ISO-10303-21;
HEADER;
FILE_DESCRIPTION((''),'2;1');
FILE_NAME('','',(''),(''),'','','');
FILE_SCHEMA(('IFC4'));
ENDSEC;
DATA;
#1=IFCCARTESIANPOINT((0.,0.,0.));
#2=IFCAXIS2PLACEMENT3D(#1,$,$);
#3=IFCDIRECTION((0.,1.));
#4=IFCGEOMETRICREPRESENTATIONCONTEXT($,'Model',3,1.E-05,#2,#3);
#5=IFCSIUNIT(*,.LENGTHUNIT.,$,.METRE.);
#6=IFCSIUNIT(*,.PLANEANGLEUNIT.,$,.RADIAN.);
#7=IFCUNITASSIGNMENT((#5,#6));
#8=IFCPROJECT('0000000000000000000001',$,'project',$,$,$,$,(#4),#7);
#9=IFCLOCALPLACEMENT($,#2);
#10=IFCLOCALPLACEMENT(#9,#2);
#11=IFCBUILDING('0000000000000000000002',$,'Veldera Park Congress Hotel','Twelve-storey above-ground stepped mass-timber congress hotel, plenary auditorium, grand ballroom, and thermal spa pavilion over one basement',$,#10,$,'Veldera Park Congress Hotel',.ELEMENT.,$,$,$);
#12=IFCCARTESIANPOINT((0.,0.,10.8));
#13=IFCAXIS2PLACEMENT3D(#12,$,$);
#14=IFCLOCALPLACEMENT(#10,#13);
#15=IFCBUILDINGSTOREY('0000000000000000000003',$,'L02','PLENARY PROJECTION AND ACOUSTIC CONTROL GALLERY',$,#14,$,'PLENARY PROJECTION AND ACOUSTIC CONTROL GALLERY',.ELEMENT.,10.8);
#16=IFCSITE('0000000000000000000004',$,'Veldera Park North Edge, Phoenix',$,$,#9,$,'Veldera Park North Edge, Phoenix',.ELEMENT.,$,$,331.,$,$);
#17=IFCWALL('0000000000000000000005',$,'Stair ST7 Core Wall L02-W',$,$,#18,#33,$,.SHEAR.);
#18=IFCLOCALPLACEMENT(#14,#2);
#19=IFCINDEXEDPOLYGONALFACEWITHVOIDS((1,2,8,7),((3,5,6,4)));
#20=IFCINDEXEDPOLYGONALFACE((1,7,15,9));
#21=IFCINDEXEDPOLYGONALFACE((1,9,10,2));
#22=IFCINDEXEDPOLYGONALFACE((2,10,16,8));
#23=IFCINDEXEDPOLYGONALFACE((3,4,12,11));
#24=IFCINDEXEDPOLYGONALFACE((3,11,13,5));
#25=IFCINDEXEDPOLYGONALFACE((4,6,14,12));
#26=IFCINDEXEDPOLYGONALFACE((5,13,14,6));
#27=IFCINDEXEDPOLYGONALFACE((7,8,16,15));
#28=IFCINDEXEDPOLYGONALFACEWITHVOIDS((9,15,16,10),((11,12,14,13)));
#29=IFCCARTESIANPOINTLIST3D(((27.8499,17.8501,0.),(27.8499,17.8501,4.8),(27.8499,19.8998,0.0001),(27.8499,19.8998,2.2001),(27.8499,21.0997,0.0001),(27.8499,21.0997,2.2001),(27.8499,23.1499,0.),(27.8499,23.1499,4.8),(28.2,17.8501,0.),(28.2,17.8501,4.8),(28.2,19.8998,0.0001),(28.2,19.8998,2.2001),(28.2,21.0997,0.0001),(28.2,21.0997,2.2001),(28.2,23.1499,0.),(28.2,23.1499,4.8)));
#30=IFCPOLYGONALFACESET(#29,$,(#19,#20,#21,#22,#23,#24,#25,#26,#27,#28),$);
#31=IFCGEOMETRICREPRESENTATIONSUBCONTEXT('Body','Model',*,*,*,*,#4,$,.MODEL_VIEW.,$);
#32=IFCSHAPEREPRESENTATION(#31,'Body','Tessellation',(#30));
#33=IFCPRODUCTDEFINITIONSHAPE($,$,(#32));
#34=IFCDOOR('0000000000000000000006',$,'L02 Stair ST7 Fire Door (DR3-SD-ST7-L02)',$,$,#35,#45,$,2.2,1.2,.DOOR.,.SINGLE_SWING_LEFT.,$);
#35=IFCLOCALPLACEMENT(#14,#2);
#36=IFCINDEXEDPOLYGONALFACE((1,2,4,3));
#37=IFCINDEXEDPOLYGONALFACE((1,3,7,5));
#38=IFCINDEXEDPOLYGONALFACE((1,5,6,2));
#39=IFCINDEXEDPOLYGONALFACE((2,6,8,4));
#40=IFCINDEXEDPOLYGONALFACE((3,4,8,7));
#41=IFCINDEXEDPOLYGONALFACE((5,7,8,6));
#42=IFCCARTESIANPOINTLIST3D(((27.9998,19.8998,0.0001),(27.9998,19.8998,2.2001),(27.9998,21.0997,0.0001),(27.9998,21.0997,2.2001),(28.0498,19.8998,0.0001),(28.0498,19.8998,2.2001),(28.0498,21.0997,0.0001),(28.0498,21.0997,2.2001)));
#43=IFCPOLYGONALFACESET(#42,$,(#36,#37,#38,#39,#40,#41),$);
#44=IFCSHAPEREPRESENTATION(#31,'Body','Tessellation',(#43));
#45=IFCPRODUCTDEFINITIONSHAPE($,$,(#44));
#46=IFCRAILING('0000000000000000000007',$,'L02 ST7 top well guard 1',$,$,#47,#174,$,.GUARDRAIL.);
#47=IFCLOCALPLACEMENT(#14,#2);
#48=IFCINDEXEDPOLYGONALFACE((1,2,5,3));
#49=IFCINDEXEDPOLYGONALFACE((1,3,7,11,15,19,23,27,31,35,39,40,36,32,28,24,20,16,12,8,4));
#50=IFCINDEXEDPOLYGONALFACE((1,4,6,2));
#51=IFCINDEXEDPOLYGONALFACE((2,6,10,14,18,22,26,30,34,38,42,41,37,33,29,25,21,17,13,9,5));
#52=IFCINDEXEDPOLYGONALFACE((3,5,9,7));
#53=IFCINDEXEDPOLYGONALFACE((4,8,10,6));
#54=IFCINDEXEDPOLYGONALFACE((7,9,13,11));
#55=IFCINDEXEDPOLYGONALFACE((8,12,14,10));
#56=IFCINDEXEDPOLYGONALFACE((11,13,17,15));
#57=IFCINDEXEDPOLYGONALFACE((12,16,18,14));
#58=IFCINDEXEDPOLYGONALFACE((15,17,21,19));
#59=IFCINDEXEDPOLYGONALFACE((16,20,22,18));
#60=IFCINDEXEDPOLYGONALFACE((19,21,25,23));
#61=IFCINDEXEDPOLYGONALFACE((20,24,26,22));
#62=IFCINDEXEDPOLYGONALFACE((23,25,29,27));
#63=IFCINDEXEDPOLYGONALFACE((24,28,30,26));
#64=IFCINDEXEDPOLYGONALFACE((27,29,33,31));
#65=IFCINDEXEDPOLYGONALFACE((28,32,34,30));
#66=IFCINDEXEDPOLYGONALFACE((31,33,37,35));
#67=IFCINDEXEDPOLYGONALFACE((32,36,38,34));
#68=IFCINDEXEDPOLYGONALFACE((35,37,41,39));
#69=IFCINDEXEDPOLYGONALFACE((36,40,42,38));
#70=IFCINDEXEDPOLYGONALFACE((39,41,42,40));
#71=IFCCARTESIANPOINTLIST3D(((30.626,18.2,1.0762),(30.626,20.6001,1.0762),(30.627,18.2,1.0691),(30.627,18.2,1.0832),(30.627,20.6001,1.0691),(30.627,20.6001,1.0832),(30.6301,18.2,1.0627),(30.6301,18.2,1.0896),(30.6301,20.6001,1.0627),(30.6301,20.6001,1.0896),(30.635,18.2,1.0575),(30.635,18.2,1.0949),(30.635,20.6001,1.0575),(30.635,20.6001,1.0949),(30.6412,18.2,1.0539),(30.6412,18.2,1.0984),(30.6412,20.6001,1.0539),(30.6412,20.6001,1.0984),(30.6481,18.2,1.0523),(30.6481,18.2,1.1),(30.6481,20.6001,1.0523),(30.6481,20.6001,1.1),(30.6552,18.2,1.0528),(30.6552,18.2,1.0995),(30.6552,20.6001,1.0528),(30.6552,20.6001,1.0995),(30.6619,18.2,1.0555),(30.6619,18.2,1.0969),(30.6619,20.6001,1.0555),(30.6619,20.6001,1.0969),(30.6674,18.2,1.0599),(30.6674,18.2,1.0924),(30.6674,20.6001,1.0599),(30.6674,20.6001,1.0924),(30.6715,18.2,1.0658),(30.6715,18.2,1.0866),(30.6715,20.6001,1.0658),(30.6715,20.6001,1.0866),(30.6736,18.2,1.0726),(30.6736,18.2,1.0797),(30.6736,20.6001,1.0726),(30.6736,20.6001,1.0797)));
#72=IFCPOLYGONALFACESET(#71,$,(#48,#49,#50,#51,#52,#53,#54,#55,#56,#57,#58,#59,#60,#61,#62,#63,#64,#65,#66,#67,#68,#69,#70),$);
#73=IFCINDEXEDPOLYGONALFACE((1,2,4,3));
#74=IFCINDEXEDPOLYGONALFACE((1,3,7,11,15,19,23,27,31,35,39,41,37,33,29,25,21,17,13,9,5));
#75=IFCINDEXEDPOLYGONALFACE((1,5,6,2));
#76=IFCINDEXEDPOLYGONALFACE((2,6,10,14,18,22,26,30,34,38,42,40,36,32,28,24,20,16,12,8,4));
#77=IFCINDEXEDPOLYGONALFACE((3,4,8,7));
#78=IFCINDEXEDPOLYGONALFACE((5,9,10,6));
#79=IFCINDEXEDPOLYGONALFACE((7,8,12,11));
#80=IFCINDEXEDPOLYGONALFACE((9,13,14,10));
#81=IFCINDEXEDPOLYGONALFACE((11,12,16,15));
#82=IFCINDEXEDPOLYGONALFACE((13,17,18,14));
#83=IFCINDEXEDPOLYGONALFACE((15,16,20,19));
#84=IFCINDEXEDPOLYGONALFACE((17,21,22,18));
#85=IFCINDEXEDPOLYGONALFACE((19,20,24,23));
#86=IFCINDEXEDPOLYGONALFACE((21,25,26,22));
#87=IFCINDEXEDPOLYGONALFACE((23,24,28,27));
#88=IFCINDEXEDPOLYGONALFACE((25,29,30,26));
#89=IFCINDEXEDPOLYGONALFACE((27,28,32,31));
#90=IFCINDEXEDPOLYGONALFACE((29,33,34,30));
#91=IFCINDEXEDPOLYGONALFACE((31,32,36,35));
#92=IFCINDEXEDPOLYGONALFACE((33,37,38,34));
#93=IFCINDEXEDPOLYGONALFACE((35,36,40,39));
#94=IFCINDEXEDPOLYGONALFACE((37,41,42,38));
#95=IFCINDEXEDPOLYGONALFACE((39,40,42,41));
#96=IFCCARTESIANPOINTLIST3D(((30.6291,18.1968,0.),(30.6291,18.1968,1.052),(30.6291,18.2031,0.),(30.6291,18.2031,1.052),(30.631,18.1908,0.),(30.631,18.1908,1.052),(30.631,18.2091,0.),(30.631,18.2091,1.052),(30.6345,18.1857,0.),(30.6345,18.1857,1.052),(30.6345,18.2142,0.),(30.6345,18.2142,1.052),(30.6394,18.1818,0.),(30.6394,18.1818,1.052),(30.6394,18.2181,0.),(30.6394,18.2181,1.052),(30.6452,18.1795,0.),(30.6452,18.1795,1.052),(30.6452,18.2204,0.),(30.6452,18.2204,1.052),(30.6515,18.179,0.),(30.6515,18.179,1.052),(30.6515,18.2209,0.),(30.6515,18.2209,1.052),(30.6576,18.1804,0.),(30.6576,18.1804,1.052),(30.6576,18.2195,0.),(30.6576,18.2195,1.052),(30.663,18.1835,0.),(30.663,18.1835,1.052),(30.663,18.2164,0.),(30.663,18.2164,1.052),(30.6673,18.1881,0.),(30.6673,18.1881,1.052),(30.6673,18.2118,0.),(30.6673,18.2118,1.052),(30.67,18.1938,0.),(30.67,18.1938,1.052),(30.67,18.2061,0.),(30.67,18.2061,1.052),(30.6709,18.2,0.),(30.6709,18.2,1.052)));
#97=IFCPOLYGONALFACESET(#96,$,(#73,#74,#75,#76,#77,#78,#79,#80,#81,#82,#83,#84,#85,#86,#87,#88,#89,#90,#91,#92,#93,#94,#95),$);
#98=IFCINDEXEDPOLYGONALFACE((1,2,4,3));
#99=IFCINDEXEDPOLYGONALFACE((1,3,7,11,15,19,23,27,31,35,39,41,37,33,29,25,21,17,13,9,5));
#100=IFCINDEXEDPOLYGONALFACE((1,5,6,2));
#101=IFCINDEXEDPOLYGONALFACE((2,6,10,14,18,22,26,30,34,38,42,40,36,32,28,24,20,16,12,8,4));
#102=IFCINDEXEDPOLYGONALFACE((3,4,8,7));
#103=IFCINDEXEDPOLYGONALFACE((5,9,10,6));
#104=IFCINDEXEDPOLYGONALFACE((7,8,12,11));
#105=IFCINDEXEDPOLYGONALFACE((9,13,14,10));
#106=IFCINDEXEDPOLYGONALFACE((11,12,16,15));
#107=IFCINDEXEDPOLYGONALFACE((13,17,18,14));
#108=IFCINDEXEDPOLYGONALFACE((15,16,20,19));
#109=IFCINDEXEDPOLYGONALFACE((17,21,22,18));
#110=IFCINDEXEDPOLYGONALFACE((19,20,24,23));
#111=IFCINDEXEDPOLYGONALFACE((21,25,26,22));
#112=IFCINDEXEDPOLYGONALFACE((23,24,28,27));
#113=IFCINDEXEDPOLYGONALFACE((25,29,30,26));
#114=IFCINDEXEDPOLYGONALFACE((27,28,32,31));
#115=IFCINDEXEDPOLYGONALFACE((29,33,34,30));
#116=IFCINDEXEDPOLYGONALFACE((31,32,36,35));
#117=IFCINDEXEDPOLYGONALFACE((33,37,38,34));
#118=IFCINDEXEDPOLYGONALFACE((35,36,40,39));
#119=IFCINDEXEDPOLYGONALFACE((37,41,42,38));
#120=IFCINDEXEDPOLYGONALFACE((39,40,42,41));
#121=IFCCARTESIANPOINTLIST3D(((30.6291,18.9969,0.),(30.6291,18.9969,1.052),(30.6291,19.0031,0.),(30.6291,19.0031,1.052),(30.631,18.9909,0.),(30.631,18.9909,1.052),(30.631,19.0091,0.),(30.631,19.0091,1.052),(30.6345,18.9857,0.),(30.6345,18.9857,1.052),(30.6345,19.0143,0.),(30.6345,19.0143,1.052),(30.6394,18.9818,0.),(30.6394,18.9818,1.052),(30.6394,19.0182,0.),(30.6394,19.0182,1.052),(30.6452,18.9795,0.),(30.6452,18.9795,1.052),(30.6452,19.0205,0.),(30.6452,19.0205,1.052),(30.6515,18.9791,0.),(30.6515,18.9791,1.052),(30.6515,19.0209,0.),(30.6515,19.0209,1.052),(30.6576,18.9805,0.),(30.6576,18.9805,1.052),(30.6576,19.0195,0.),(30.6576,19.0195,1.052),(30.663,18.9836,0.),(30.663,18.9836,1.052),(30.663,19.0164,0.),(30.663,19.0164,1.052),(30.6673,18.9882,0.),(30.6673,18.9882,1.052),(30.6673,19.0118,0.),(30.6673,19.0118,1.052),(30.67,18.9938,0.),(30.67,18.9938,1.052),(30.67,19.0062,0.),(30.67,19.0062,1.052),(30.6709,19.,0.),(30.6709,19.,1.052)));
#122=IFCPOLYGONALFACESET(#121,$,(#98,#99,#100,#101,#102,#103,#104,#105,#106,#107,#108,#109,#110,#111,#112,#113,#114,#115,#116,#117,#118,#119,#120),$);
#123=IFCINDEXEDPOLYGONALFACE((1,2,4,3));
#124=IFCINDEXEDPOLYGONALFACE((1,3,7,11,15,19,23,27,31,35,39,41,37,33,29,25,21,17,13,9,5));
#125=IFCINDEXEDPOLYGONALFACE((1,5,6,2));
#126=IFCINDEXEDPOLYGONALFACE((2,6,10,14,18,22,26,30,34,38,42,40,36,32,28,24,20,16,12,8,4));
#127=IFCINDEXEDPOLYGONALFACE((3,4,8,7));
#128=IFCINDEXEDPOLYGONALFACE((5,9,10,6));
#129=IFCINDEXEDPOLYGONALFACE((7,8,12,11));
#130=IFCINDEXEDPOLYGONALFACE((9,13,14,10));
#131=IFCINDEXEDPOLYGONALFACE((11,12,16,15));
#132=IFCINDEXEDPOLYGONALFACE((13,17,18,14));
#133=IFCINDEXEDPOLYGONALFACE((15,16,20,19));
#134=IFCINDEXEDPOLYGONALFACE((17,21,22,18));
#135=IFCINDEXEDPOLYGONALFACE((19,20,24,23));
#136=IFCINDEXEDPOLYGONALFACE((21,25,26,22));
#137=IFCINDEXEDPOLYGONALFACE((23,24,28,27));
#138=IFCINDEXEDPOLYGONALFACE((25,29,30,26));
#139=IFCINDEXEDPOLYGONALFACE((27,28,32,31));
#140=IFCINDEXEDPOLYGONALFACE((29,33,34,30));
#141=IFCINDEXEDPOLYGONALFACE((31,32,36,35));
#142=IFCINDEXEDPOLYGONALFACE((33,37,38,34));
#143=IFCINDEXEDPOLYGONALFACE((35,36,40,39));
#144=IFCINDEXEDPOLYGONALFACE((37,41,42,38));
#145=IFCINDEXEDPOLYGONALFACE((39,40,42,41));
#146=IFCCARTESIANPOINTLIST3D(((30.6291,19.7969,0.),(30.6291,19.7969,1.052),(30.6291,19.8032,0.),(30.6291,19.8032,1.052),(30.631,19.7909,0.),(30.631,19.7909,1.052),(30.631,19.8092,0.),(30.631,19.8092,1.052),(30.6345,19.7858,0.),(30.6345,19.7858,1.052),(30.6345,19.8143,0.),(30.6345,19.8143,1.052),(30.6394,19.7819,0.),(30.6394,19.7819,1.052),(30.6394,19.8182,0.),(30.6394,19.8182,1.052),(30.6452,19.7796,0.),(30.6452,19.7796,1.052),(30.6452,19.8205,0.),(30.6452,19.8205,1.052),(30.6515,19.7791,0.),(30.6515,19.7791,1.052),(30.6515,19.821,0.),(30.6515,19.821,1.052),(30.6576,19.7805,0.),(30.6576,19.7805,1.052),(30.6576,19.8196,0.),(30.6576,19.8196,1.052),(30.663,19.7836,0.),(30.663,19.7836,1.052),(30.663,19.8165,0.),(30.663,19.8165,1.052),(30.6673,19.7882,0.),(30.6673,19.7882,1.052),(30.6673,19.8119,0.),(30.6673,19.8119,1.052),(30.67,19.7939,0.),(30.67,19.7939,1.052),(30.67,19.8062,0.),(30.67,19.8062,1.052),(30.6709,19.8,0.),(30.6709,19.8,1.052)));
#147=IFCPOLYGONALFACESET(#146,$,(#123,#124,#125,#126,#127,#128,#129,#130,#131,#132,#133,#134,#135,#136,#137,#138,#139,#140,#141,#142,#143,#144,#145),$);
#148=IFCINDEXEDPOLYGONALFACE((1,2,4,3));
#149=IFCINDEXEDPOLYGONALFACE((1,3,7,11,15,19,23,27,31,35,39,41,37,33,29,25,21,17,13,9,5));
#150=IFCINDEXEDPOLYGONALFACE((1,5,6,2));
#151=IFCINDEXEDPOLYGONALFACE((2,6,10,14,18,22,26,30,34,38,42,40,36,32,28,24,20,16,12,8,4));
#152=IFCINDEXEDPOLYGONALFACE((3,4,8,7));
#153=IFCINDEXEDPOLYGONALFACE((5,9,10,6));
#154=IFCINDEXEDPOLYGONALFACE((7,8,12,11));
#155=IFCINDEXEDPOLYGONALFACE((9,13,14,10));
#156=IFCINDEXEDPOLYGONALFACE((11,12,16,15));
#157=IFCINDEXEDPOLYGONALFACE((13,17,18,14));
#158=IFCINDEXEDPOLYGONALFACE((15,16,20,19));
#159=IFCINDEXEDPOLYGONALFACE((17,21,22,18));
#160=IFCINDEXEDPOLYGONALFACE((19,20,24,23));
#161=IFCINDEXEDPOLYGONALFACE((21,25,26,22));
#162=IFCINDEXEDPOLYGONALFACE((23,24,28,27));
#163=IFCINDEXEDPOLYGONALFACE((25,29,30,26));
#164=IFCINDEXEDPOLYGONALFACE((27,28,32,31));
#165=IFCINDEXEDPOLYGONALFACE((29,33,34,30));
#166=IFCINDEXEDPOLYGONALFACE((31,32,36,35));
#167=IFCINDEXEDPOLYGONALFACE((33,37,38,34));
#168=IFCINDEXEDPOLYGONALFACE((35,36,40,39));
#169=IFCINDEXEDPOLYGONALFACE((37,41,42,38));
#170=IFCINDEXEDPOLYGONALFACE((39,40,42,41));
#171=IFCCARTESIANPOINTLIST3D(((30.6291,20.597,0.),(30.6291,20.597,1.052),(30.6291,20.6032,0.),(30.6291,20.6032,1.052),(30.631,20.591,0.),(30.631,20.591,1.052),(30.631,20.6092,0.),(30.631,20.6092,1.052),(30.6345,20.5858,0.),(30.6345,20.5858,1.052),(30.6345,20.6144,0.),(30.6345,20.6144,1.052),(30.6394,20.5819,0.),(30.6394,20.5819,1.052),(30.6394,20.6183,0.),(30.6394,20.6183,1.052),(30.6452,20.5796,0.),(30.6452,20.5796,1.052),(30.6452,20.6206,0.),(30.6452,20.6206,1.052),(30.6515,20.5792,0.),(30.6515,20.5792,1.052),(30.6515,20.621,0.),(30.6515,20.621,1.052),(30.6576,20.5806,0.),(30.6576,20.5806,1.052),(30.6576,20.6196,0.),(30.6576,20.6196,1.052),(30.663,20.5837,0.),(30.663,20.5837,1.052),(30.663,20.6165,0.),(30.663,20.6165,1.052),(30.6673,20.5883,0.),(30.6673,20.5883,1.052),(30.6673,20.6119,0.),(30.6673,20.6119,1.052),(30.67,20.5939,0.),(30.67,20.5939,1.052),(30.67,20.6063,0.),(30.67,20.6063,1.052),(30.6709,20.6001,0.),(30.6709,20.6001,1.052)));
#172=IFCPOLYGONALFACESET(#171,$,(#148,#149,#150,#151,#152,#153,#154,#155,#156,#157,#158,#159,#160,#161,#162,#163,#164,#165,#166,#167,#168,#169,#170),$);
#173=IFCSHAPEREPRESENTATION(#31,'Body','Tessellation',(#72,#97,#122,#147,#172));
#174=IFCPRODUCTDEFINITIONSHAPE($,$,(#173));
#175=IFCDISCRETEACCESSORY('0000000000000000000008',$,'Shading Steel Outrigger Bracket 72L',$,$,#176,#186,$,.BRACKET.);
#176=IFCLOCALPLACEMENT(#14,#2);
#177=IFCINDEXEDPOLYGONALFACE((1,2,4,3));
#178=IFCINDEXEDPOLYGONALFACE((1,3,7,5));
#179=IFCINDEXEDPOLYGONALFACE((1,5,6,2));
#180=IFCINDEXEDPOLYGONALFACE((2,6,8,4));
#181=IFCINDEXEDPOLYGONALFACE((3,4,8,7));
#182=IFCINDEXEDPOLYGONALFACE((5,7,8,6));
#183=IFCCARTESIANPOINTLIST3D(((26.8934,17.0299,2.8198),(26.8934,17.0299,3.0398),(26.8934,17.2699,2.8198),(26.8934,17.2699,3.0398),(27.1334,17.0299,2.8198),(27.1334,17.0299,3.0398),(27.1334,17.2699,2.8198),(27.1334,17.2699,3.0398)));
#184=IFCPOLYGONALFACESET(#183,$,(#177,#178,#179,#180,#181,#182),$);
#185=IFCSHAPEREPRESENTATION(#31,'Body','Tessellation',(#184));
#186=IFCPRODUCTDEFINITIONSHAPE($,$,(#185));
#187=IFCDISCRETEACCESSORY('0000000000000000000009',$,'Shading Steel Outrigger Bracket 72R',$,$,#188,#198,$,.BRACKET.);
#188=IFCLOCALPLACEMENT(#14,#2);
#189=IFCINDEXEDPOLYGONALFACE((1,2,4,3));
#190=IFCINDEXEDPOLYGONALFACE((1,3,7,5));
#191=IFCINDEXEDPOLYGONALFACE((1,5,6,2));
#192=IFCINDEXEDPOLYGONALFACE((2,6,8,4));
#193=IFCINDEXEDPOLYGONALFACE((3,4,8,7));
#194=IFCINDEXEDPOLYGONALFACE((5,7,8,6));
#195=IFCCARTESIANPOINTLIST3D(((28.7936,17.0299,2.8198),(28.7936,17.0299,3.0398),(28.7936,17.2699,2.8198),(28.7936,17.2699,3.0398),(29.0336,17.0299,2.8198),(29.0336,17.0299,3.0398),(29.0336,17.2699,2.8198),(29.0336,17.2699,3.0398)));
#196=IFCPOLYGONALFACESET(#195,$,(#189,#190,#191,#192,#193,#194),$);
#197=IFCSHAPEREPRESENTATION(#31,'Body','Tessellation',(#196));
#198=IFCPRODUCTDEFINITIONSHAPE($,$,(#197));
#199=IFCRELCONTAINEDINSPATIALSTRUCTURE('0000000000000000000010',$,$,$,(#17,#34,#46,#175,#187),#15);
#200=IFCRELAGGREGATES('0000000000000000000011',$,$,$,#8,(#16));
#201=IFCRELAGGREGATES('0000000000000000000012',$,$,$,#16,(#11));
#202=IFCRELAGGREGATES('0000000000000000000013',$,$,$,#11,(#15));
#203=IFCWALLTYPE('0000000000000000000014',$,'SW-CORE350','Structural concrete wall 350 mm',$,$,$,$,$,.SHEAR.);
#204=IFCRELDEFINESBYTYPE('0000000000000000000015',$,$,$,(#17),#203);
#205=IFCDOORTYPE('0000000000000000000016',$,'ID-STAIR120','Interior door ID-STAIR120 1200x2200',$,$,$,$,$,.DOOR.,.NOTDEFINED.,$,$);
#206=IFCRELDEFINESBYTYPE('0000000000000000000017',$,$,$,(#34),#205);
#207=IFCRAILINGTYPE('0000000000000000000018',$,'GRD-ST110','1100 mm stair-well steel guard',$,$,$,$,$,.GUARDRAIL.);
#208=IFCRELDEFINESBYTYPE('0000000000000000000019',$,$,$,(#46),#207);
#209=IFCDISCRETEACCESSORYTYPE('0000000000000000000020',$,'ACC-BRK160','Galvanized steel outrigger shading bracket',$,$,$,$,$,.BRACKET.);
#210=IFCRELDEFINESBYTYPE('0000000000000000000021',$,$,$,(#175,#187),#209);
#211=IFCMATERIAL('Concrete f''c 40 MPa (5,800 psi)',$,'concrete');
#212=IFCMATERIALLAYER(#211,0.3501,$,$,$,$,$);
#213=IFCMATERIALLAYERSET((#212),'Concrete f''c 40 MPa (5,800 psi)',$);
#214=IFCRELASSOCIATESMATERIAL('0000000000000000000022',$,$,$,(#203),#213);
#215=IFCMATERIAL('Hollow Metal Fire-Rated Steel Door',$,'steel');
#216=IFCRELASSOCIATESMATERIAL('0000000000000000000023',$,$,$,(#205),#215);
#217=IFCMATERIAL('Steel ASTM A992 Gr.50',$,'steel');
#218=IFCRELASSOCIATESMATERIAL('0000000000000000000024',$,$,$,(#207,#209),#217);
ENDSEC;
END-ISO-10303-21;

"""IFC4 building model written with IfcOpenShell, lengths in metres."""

from ifc_helpers import new_model, si_unit, direction, frame, frame_2d, origin, origin_2d, place, context, subcontext, project, spatial, rectangle, circle, extrude, material, layer, layer_set, type_object, element, fill, save


model = new_model("IFC4")

# Units and contexts
model_context = context("Model", 3, precision=1e-05, world=origin(), true_north=direction((0.0, 1.0)))
body_context = subcontext(model_context, "Body", "Model", "MODEL_VIEW")
ifc_project = project(units=[si_unit("LENGTHUNIT", "METRE"), si_unit("PLANEANGLEUNIT", "RADIAN")], contexts=[model_context])

# Site, building, storey
site_placement = place(None, origin())
site = spatial("IfcSite", under=ifc_project, at=site_placement, Name="Veldera Park North Edge, Phoenix", LongName="Veldera Park North Edge, Phoenix", CompositionType="ELEMENT", RefElevation=331.0)
building_placement = place(site_placement, origin())
building = spatial("IfcBuilding", under=site, at=building_placement, Name="Veldera Park Congress Hotel", Description="Twelve-storey above-ground stepped mass-timber congress hotel, plenary auditorium, grand ballroom, and thermal spa pavilion over one basement", LongName="Veldera Park Congress Hotel", CompositionType="ELEMENT")
storey_placement = place(building_placement, frame((0.0, 0.0, 10.8)))
storey = spatial("IfcBuildingStorey", under=building, at=storey_placement, Name="L02", Description="PLENARY PROJECTION AND ACOUSTIC CONTROL GALLERY", LongName="PLENARY PROJECTION AND ACOUSTIC CONTROL GALLERY", CompositionType="ELEMENT", Elevation=10.8)

# Shared definitions
ifc_material_1 = material(Name="Steel ASTM A992 Gr.50", Category="steel")

# Shared definitions
ifc_material_2 = material(Name="Concrete f'c 40 MPa (5,800 psi)", Category="concrete")
ifc_layer_1 = layer(ifc_material_2, 0.3501)
ifc_layer_set_1 = layer_set([ifc_layer_1], Name="Concrete f'c 40 MPa (5,800 psi)")
wall_type_1 = type_object("IfcWallType", Name="SW-CORE350", Description="Structural concrete wall 350 mm", PredefinedType="SHEAR", material=ifc_layer_set_1)

# Wall, opening, door
wall_1_placement = place(storey_placement, frame((28.0249, 23.1499, 0.0), z_axis=(0.0, 0.0, 1.0), x_axis=(0.0, -1.0, 0.0)))
wall_1 = element("IfcWall", 1, at=wall_1_placement, inside=storey, type_object=wall_type_1, Name="Stair ST7 Core Wall L02-W", PredefinedType="SHEAR", context=body_context, shape_type="SweptSolid", body=[
    extrude(rectangle(XDim=5.2998, YDim=0.3501, at=frame_2d((2.6499, 0.0))), origin(), (0.0, 0.0, 1.0), 4.8),
])
opening_1_placement = place(wall_1_placement, frame((2.05, 0.0, 0.0)))
opening_1 = element("IfcOpeningElement", 2, at=opening_1_placement, cuts=wall_1, PredefinedType="OPENING", context=body_context, shape_type="SweptSolid", body=[
    extrude(rectangle(XDim=1.2, YDim=2.2, at=frame_2d((0.6001, 1.1001))), frame((0.0, 0.187, 0.0), z_axis=(0.0, -1.0, 0.0), x_axis=(1.0, 0.0, 0.0)), (0.0, 0.0, 1.0), 0.374),
])
ifc_material_3 = material(Name="Hollow Metal Fire-Rated Steel Door", Category="steel")
door_type_1 = type_object("IfcDoorType", Name="ID-STAIR120", Description="Interior door ID-STAIR120 1200x2200", OperationType="NOTDEFINED", PredefinedType="DOOR", material=ifc_material_3)
door_1_placement = place(opening_1_placement, origin())
door_1 = element("IfcDoor", 3, at=door_1_placement, inside=storey, type_object=door_type_1, Name="L02 Stair ST7 Fire Door (DR3-SD-ST7-L02)", OperationType="SINGLE_SWING_LEFT", OverallHeight=2.2, OverallWidth=1.2, PredefinedType="DOOR", context=body_context, shape_type="SweptSolid", body=[
    extrude(rectangle(XDim=1.2, YDim=2.2, at=frame_2d((0.6001, 1.1001))), frame((0.0, 0.0249, 0.0), z_axis=(0.0, -1.0, 0.0), x_axis=(1.0, 0.0, 0.0)), (0.0, 0.0, 1.0), 0.05),
])
fill(opening_1, door_1)

# Railing
railing_type = type_object("IfcRailingType", Name="GRD-ST110", Description="1100 mm stair-well steel guard", PredefinedType="GUARDRAIL", material=ifc_material_1)
railing_placement = place(storey_placement, frame((30.6499, 18.2, 0.0)))
element("IfcRailing", 4, at=railing_placement, inside=storey, type_object=railing_type, Name="L02 ST7 top well guard 1", PredefinedType="GUARDRAIL", context=body_context, shape_type="SweptSolid", body=[
    extrude(circle(Radius=0.0239, at=origin_2d()), frame((0.0, 0.0, 1.0762), z_axis=(0.0, 1.0, 0.0), x_axis=(-1.0, 0.0, 0.0)), (0.0, 0.0, 1.0), 2.4001),
    extrude(circle(Radius=0.021, at=origin_2d()), origin(), (0.0, 0.0, 1.0), 1.052),
    extrude(circle(Radius=0.021, at=origin_2d()), frame((0.0, 0.8, 0.0)), (0.0, 0.0, 1.0), 1.052),
    extrude(circle(Radius=0.021, at=origin_2d()), frame((0.0, 1.6001, 0.0)), (0.0, 0.0, 1.0), 1.052),
    extrude(circle(Radius=0.021, at=origin_2d()), frame((0.0, 2.4001, 0.0)), (0.0, 0.0, 1.0), 1.052),
])

# Discrete accessories
discrete_accessory_type = type_object("IfcDiscreteAccessoryType", Name="ACC-BRK160", Description="Galvanized steel outrigger shading bracket", PredefinedType="BRACKET", material=ifc_material_1)
for number, where, z_axis, x_axis, name in (
    (5, (27.0134, 17.1499, 2.8198), (0.0, 0.0, 1.0), (1.0, 0.0, 0.0), "Shading Steel Outrigger Bracket 72L"),
    (6, (28.9136, 17.1499, 2.8198), (0.0, 0.0, 1.0), (1.0, 0.0, 0.0), "Shading Steel Outrigger Bracket 72R"),
):
    element("IfcDiscreteAccessory", number, at=place(storey_placement, frame(where, z_axis=z_axis, x_axis=x_axis)), inside=storey, type_object=discrete_accessory_type, Name=name, PredefinedType="BRACKET", context=body_context, shape_type="SweptSolid", body=[
        extrude(rectangle(XDim=0.24, YDim=0.24, at=origin_2d()), origin(), (0.0, 0.0, 1.0), 0.22),
    ])

save(model, "model.ifc")
